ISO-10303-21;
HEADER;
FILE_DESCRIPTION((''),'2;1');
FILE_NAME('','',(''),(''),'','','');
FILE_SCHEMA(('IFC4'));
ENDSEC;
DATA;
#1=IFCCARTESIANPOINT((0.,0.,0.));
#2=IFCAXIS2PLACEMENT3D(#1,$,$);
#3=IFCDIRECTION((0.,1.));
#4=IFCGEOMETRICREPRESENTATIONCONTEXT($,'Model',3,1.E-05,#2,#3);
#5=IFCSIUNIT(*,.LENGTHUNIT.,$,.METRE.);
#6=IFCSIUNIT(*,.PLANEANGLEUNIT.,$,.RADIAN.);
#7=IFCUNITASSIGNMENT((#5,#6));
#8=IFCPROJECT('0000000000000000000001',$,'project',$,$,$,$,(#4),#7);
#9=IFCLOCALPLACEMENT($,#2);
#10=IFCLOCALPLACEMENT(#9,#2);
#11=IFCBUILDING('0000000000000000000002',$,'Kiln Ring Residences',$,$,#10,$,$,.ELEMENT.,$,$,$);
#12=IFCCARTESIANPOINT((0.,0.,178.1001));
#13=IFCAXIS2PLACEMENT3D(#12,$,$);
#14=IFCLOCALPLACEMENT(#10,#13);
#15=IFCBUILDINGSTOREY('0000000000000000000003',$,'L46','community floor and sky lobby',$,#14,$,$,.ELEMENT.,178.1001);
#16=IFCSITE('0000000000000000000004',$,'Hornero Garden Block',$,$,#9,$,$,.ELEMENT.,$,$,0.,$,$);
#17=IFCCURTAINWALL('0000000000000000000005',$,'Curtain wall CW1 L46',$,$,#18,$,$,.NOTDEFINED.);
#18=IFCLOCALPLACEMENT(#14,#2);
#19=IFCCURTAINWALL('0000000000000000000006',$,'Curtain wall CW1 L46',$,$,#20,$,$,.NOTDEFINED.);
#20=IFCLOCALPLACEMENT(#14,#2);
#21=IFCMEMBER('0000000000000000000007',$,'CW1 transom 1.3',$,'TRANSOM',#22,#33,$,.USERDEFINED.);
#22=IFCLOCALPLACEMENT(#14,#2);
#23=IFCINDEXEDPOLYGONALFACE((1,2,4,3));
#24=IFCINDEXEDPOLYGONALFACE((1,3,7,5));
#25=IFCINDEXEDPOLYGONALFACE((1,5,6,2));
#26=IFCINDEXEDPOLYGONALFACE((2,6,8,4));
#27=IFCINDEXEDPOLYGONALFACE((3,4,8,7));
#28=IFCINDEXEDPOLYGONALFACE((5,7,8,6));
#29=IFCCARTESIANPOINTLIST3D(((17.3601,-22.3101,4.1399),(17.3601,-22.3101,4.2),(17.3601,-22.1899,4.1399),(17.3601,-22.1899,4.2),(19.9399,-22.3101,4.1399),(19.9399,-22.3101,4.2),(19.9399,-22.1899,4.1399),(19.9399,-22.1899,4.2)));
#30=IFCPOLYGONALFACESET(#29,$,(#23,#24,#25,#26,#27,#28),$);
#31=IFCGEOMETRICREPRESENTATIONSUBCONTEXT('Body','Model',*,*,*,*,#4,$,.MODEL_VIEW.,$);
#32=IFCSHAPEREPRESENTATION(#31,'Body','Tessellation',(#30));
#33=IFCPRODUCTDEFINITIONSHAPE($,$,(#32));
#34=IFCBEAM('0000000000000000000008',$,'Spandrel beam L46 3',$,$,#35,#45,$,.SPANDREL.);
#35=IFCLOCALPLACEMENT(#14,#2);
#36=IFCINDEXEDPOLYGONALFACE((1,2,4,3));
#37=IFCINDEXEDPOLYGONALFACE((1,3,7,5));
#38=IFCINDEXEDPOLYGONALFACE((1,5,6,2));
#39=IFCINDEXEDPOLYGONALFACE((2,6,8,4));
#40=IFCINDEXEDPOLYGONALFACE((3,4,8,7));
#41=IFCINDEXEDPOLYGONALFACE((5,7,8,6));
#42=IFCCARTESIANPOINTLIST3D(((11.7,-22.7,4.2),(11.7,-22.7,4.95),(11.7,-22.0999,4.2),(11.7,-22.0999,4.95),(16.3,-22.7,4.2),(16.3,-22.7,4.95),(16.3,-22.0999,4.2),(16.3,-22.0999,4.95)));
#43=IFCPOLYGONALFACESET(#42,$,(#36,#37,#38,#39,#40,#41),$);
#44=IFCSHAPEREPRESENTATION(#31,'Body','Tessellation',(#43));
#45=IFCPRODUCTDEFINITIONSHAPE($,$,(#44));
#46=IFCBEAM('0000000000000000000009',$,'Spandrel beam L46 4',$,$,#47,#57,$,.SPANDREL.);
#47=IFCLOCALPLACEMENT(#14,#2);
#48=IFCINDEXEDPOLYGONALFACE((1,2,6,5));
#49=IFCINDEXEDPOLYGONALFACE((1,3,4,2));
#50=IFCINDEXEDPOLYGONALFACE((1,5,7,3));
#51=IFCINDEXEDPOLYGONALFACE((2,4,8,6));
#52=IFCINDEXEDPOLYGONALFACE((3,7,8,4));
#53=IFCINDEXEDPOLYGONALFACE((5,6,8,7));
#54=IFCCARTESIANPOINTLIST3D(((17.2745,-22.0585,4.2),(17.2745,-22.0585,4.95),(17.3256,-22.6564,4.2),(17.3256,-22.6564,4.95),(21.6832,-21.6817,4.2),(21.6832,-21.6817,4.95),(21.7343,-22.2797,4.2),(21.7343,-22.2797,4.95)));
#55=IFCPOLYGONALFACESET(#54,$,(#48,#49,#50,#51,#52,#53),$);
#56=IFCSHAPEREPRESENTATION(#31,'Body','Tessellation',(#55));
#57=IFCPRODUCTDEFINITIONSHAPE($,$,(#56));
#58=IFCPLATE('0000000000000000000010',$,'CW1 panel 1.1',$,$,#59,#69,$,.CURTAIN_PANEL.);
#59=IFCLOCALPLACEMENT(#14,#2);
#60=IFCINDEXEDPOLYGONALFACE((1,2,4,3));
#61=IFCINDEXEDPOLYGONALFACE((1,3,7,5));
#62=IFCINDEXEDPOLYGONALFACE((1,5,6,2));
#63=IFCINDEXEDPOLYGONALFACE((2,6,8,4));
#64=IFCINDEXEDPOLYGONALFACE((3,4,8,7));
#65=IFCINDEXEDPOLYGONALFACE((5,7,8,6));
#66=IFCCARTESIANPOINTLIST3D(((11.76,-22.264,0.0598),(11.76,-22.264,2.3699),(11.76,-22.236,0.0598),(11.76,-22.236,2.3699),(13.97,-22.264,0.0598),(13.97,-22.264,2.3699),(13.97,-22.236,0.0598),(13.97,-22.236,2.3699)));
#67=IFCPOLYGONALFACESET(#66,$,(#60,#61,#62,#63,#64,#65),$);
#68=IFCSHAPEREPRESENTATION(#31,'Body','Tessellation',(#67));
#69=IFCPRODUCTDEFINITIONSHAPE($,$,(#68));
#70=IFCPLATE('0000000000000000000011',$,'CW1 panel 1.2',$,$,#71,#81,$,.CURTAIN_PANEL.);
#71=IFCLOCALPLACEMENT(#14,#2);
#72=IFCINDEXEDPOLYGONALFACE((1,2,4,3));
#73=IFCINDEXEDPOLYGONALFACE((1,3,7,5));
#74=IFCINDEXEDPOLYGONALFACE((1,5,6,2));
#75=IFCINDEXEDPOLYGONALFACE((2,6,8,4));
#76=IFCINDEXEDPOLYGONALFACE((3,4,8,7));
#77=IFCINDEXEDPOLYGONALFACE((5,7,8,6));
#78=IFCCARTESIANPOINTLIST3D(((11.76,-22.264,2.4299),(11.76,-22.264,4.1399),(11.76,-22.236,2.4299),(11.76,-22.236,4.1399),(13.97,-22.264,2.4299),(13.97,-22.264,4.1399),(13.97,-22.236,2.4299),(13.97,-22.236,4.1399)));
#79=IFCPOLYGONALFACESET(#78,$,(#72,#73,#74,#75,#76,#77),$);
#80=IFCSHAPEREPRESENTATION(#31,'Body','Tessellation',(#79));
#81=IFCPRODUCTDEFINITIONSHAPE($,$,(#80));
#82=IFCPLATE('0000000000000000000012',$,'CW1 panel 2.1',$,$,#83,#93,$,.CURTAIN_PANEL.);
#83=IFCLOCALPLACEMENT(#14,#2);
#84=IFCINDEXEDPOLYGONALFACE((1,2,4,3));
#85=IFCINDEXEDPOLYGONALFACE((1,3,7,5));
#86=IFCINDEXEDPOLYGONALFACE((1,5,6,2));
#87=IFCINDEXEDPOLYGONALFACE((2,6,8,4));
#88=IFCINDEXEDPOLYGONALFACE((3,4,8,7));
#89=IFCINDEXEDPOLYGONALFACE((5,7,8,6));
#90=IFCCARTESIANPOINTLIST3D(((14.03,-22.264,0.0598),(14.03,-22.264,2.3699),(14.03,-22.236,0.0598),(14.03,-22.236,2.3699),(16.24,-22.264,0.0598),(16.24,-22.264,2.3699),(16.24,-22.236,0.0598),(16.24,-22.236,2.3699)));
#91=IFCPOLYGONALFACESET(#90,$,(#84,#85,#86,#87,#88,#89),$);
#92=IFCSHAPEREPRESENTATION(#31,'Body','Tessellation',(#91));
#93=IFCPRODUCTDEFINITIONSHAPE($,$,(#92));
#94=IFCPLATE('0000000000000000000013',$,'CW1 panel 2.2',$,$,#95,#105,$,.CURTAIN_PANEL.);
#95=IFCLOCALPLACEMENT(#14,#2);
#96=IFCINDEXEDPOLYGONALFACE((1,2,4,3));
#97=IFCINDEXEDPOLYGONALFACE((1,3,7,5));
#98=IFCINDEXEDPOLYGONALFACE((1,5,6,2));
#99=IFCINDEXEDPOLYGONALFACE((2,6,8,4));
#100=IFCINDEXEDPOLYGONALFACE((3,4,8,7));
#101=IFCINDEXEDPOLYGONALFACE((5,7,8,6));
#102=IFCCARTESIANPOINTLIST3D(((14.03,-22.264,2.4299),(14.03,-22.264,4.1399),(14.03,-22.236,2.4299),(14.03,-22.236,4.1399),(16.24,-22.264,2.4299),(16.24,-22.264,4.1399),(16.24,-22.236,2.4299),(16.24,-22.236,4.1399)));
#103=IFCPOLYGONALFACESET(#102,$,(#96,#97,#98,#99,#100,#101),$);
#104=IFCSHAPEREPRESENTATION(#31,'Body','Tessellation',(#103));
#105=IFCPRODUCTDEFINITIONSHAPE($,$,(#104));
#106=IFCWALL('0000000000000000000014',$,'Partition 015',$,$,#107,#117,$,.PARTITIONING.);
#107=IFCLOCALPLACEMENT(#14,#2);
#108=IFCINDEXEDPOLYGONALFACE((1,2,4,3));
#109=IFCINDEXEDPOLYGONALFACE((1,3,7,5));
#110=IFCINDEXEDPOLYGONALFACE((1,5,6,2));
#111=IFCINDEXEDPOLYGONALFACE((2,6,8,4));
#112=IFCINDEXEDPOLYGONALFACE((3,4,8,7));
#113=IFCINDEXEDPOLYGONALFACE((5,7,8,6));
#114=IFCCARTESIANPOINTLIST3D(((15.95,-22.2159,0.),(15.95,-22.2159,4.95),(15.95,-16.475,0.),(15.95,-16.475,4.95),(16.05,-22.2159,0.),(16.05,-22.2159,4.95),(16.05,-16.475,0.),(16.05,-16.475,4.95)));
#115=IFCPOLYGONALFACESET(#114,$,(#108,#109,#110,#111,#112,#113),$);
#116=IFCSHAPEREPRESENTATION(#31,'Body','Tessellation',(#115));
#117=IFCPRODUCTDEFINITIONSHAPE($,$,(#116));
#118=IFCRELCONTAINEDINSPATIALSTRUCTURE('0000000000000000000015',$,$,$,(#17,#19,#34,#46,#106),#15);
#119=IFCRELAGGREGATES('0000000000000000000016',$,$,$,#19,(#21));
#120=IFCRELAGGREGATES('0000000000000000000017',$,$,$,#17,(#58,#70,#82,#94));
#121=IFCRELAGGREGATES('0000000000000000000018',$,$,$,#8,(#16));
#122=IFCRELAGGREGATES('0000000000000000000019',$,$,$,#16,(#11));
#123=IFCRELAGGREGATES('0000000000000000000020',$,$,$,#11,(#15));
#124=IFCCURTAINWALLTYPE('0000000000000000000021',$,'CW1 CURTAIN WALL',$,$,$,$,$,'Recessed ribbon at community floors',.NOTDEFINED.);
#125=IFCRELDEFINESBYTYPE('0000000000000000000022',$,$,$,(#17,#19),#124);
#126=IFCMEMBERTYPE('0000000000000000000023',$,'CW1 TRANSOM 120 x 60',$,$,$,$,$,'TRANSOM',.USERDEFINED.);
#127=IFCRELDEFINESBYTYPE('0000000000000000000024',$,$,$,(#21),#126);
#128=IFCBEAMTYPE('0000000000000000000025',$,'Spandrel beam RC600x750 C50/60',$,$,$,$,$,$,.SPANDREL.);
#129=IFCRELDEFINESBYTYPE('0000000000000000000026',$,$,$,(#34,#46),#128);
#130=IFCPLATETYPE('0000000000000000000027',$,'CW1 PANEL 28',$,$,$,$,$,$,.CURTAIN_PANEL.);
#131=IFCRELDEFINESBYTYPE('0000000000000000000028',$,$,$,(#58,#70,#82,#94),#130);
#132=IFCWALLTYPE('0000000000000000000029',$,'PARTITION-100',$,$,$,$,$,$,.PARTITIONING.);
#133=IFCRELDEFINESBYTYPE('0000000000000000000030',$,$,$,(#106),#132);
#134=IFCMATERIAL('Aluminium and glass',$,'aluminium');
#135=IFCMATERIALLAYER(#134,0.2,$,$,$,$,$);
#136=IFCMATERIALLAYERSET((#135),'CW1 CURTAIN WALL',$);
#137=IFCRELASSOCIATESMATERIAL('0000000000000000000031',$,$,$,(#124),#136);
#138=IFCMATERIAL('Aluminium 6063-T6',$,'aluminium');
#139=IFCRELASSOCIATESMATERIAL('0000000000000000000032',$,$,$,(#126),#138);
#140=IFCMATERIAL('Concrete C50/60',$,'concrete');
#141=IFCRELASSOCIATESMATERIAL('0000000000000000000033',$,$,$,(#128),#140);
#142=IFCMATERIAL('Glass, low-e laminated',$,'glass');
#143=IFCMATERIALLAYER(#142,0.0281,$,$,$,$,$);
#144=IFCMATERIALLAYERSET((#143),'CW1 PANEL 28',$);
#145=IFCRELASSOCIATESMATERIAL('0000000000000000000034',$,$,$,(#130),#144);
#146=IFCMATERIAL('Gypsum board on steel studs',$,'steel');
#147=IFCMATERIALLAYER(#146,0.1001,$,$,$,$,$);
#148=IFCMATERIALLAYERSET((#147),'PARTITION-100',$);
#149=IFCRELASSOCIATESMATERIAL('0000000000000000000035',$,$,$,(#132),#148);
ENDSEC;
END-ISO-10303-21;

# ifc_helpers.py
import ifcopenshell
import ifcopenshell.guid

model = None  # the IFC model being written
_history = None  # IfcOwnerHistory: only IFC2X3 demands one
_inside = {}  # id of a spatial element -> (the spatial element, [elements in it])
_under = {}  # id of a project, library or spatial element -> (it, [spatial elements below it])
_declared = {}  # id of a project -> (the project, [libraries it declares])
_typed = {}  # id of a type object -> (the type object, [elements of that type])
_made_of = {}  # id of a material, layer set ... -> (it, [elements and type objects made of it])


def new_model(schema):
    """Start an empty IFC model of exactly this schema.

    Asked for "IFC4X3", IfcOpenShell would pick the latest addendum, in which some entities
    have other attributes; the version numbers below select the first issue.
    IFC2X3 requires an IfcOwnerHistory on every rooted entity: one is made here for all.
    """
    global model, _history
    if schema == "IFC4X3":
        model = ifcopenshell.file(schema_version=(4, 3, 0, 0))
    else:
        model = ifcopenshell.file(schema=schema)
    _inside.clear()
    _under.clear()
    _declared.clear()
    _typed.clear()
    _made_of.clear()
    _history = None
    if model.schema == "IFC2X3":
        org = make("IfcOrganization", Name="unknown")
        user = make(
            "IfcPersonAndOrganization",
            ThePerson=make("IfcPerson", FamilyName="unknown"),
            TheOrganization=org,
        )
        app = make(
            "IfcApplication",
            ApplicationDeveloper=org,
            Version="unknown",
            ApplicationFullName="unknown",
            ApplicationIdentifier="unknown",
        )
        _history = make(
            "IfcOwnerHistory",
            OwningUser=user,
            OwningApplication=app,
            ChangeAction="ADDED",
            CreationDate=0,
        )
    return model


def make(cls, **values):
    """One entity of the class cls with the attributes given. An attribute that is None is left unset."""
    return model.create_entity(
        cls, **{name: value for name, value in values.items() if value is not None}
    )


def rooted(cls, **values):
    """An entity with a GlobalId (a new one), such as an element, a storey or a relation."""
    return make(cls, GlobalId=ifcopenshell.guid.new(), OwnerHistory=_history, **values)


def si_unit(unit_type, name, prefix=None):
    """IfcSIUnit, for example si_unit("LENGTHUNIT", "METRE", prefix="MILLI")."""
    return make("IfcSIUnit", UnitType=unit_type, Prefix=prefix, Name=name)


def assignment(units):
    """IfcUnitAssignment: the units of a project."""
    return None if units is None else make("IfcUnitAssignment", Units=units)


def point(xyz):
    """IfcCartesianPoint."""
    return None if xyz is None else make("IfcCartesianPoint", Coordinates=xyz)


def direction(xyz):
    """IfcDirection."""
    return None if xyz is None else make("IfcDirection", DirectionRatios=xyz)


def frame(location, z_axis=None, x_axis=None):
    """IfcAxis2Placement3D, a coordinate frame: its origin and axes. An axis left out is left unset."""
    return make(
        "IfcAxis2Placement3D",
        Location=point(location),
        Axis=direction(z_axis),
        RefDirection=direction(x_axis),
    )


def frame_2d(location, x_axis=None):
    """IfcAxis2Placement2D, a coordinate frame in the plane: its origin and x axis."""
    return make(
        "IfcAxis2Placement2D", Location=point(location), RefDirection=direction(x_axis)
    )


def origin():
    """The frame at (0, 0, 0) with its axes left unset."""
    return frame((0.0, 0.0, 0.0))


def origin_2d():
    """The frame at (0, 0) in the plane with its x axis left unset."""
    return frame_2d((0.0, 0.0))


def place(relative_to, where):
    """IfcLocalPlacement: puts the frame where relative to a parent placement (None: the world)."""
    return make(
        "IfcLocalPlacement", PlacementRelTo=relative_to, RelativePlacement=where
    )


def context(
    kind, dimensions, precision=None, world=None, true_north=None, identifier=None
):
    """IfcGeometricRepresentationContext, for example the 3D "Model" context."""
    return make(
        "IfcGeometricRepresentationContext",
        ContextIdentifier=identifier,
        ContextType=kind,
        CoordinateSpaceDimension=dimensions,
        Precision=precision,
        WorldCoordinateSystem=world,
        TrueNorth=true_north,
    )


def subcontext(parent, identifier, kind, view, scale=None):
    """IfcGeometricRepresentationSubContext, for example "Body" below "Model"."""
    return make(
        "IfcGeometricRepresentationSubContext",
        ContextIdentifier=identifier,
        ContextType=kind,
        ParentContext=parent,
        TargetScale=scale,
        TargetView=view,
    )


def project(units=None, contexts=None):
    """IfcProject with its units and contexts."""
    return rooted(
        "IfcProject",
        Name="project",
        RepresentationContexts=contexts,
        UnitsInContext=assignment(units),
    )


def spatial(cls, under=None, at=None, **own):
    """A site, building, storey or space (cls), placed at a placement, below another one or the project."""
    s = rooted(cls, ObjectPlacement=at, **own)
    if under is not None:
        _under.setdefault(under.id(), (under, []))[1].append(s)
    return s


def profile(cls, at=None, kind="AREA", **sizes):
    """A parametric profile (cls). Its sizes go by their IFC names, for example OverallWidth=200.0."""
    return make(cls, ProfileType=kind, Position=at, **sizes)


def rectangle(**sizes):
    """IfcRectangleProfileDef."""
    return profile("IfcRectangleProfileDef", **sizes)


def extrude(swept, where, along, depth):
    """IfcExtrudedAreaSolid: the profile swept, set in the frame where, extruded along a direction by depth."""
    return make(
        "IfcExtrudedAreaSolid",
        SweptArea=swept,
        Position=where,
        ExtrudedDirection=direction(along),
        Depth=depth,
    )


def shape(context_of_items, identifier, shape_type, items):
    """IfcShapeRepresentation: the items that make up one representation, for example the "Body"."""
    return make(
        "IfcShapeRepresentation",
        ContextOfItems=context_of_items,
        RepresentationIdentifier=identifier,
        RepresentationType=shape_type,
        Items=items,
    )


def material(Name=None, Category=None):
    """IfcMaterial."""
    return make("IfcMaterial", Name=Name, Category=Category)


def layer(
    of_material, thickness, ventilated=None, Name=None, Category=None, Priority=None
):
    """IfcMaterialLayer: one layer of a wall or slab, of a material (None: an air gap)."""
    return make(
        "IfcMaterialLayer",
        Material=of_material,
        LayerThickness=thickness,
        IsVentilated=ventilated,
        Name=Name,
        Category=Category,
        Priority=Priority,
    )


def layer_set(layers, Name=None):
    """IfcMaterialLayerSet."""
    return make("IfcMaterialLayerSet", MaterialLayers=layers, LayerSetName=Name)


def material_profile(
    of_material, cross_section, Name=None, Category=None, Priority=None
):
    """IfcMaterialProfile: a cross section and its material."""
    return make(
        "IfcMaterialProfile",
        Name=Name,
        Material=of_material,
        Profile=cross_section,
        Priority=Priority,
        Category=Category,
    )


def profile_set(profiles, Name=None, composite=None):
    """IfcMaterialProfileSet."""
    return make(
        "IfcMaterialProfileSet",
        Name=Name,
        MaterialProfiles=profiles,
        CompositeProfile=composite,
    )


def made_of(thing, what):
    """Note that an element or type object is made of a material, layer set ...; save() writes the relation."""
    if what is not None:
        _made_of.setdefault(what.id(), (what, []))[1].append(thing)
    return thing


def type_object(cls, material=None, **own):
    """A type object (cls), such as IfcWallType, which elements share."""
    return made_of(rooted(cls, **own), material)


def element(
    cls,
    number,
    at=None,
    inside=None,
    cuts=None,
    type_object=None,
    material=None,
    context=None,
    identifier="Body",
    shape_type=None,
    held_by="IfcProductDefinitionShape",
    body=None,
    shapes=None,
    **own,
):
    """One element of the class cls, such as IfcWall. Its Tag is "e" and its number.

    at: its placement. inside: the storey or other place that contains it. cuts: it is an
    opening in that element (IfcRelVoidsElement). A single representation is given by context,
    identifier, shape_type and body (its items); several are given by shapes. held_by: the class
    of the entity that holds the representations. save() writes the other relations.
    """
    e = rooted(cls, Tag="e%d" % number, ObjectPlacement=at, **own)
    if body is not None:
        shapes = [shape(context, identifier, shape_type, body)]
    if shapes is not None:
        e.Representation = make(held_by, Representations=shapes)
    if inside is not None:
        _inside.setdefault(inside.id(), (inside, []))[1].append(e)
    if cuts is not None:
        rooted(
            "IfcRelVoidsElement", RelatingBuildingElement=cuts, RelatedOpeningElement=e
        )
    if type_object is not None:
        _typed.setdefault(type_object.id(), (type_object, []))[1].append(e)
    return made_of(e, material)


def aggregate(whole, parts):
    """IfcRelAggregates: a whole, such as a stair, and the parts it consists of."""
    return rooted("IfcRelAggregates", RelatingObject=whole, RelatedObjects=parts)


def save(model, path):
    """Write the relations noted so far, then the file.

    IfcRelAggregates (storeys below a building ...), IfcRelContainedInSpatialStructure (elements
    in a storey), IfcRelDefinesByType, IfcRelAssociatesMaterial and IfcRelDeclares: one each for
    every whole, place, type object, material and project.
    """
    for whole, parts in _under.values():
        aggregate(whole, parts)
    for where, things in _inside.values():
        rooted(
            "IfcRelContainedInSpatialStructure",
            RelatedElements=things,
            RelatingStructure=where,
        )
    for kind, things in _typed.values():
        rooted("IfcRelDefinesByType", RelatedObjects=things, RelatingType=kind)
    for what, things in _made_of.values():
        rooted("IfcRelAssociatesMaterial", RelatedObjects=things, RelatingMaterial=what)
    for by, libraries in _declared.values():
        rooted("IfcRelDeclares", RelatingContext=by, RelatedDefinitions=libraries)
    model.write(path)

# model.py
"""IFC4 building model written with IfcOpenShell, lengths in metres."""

from ifc_helpers import new_model, si_unit, direction, frame, frame_2d, origin, origin_2d, place, context, subcontext, project, spatial, rectangle, extrude, material, layer, layer_set, material_profile, profile_set, type_object, element, aggregate, save


model = new_model("IFC4")

# Units and contexts
model_context = context("Model", 3, precision=1e-05, world=origin(), true_north=direction((0.0, 1.0)))
body_context = subcontext(model_context, "Body", "Model", "MODEL_VIEW")
ifc_project = project(units=[si_unit("LENGTHUNIT", "METRE"), si_unit("PLANEANGLEUNIT", "RADIAN")], contexts=[model_context])

# Site, building, storey
site_placement = place(None, origin())
site = spatial("IfcSite", under=ifc_project, at=site_placement, Name="Hornero Garden Block", CompositionType="ELEMENT", RefElevation=0.0)
building_placement = place(site_placement, origin())
building = spatial("IfcBuilding", under=site, at=building_placement, Name="Kiln Ring Residences", CompositionType="ELEMENT")
storey_placement = place(building_placement, frame((0.0, 0.0, 178.1001)))
storey = spatial("IfcBuildingStorey", under=building, at=storey_placement, Name="L46", Description="community floor and sky lobby", CompositionType="ELEMENT", Elevation=178.1001)

# Curtain wall
ifc_material_1 = material(Name="Aluminium and glass", Category="aluminium")
ifc_layer_1 = layer(ifc_material_1, 0.2)
ifc_layer_set_1 = layer_set([ifc_layer_1], Name="CW1 CURTAIN WALL")
curtain_wall_type = type_object("IfcCurtainWallType", Name="CW1 CURTAIN WALL", ElementType="Recessed ribbon at community floors", PredefinedType="NOTDEFINED", material=ifc_layer_set_1)
placement = place(storey_placement, origin())
curtain_wall_1 = element("IfcCurtainWall", 1, at=placement, inside=storey, type_object=curtain_wall_type, Name="Curtain wall CW1 L46", PredefinedType="NOTDEFINED")

# Curtain wall
curtain_wall_2 = element("IfcCurtainWall", 2, at=placement, inside=storey, type_object=curtain_wall_type, Name="Curtain wall CW1 L46", PredefinedType="NOTDEFINED")

# Member
ifc_material_2 = material(Name="Aluminium 6063-T6", Category="aluminium")
ifc_material_profile_1 = material_profile(ifc_material_2, rectangle(XDim=0.1201, YDim=0.0601, at=origin_2d()), Name="AL 120x60")
ifc_profile_set_1 = profile_set([ifc_material_profile_1], Name="Aluminium 6063-T6")
member_type_1 = type_object("IfcMemberType", Name="CW1 TRANSOM 120 x 60", ElementType="TRANSOM", PredefinedType="USERDEFINED", material=ifc_profile_set_1)
member_1_placement = place(storey_placement, frame((17.3601, -22.25, 4.1699), z_axis=(1.0, 0.0, 0.0), x_axis=(0.0, 1.0, 0.0)))
member_1 = element("IfcMember", 3, at=member_1_placement, type_object=member_type_1, Name="CW1 transom 1.3", ObjectType="TRANSOM", PredefinedType="USERDEFINED", context=body_context, shape_type="SweptSolid", body=[
    extrude(rectangle(XDim=0.1201, YDim=0.0601, at=origin_2d()), origin(), (0.0, 0.0, 1.0), 2.5798),
])
aggregate(curtain_wall_2, [member_1])

# Beams
ifc_material_3 = material(Name="Concrete C50/60", Category="concrete")
ifc_material_profile_2 = material_profile(ifc_material_3, rectangle(XDim=0.6001, YDim=0.75, at=origin_2d()), Name="RC600x750")
ifc_profile_set_2 = profile_set([ifc_material_profile_2], Name="Concrete C50/60")
beam_type = type_object("IfcBeamType", Name="Spandrel beam RC600x750 C50/60", PredefinedType="SPANDREL", material=ifc_profile_set_2)
beam_1_placement = place(storey_placement, frame((11.7, -22.3999, 4.575), z_axis=(1.0, 0.0, 0.0), x_axis=(0.0, 1.0, 0.0)))
element("IfcBeam", 4, at=beam_1_placement, inside=storey, type_object=beam_type, Name="Spandrel beam L46 3", PredefinedType="SPANDREL", context=body_context, shape_type="SweptSolid", body=[
    extrude(rectangle(XDim=0.6001, YDim=0.75, at=origin_2d()), origin(), (0.0, 0.0, 1.0), 4.6001),
])
beam_2_placement = place(storey_placement, frame((17.3, -22.3574, 4.575), z_axis=(0.996369, 0.085137, 0.0), x_axis=(-0.085137, 0.996369, 0.0)))
element("IfcBeam", 5, at=beam_2_placement, inside=storey, type_object=beam_type, Name="Spandrel beam L46 4", PredefinedType="SPANDREL", context=body_context, shape_type="SweptSolid", body=[
    extrude(rectangle(XDim=0.6001, YDim=0.75, at=origin_2d()), origin(), (0.0, 0.0, 1.0), 4.4248),
])

# Plates
ifc_material_4 = material(Name="Glass, low-e laminated", Category="glass")
ifc_layer_2 = layer(ifc_material_4, 0.0281)
ifc_layer_set_2 = layer_set([ifc_layer_2], Name="CW1 PANEL 28")
plate_type = type_object("IfcPlateType", Name="CW1 PANEL 28", PredefinedType="CURTAIN_PANEL", material=ifc_layer_set_2)
plate_1_placement = place(storey_placement, frame((12.865, -22.25, 0.0598), z_axis=(0.0, 0.0, 1.0), x_axis=(1.0, 0.0, 0.0)))
plate_1 = element("IfcPlate", 6, at=plate_1_placement, type_object=plate_type, Name="CW1 panel 1.1", PredefinedType="CURTAIN_PANEL", context=body_context, shape_type="SweptSolid", body=[
    extrude(rectangle(XDim=2.21, YDim=0.0281, at=origin_2d()), origin(), (0.0, 0.0, 1.0), 2.3101),
])
plate_2_placement = place(storey_placement, frame((12.865, -22.25, 2.4299), z_axis=(0.0, 0.0, 1.0), x_axis=(1.0, 0.0, 0.0)))
plate_2 = element("IfcPlate", 7, at=plate_2_placement, type_object=plate_type, Name="CW1 panel 1.2", PredefinedType="CURTAIN_PANEL", context=body_context, shape_type="SweptSolid", body=[
    extrude(rectangle(XDim=2.21, YDim=0.0281, at=origin_2d()), origin(), (0.0, 0.0, 1.0), 1.71),
])
plate_3_placement = place(storey_placement, frame((15.135, -22.25, 0.0598), z_axis=(0.0, 0.0, 1.0), x_axis=(1.0, 0.0, 0.0)))
plate_3 = element("IfcPlate", 8, at=plate_3_placement, type_object=plate_type, Name="CW1 panel 2.1", PredefinedType="CURTAIN_PANEL", context=body_context, shape_type="SweptSolid", body=[
    extrude(rectangle(XDim=2.21, YDim=0.0281, at=origin_2d()), origin(), (0.0, 0.0, 1.0), 2.3101),
])
plate_4_placement = place(storey_placement, frame((15.135, -22.25, 2.4299), z_axis=(0.0, 0.0, 1.0), x_axis=(1.0, 0.0, 0.0)))
plate_4 = element("IfcPlate", 9, at=plate_4_placement, type_object=plate_type, Name="CW1 panel 2.2", PredefinedType="CURTAIN_PANEL", context=body_context, shape_type="SweptSolid", body=[
    extrude(rectangle(XDim=2.21, YDim=0.0281, at=origin_2d()), origin(), (0.0, 0.0, 1.0), 1.71),
])
aggregate(curtain_wall_1, [plate_1, plate_2, plate_3, plate_4])

# Wall
ifc_material_5 = material(Name="Gypsum board on steel studs", Category="steel")
ifc_layer_3 = layer(ifc_material_5, 0.1001)
ifc_layer_set_3 = layer_set([ifc_layer_3], Name="PARTITION-100")
wall_type_1 = type_object("IfcWallType", Name="PARTITION-100", PredefinedType="PARTITIONING", material=ifc_layer_set_3)
wall_1_placement = place(storey_placement, frame((16.0, -22.2161, 0.0), z_axis=(0.0, 0.0, 1.0), x_axis=(0.0, 1.0, 0.0)))
element("IfcWall", 10, at=wall_1_placement, inside=storey, type_object=wall_type_1, Name="Partition 015", PredefinedType="PARTITIONING", context=body_context, shape_type="SweptSolid", body=[
    extrude(rectangle(XDim=5.741, YDim=0.1001, at=frame_2d((2.8706, 0.0))), origin(), (0.0, 0.0, 1.0), 4.95),
])

save(model, "model.ifc")
